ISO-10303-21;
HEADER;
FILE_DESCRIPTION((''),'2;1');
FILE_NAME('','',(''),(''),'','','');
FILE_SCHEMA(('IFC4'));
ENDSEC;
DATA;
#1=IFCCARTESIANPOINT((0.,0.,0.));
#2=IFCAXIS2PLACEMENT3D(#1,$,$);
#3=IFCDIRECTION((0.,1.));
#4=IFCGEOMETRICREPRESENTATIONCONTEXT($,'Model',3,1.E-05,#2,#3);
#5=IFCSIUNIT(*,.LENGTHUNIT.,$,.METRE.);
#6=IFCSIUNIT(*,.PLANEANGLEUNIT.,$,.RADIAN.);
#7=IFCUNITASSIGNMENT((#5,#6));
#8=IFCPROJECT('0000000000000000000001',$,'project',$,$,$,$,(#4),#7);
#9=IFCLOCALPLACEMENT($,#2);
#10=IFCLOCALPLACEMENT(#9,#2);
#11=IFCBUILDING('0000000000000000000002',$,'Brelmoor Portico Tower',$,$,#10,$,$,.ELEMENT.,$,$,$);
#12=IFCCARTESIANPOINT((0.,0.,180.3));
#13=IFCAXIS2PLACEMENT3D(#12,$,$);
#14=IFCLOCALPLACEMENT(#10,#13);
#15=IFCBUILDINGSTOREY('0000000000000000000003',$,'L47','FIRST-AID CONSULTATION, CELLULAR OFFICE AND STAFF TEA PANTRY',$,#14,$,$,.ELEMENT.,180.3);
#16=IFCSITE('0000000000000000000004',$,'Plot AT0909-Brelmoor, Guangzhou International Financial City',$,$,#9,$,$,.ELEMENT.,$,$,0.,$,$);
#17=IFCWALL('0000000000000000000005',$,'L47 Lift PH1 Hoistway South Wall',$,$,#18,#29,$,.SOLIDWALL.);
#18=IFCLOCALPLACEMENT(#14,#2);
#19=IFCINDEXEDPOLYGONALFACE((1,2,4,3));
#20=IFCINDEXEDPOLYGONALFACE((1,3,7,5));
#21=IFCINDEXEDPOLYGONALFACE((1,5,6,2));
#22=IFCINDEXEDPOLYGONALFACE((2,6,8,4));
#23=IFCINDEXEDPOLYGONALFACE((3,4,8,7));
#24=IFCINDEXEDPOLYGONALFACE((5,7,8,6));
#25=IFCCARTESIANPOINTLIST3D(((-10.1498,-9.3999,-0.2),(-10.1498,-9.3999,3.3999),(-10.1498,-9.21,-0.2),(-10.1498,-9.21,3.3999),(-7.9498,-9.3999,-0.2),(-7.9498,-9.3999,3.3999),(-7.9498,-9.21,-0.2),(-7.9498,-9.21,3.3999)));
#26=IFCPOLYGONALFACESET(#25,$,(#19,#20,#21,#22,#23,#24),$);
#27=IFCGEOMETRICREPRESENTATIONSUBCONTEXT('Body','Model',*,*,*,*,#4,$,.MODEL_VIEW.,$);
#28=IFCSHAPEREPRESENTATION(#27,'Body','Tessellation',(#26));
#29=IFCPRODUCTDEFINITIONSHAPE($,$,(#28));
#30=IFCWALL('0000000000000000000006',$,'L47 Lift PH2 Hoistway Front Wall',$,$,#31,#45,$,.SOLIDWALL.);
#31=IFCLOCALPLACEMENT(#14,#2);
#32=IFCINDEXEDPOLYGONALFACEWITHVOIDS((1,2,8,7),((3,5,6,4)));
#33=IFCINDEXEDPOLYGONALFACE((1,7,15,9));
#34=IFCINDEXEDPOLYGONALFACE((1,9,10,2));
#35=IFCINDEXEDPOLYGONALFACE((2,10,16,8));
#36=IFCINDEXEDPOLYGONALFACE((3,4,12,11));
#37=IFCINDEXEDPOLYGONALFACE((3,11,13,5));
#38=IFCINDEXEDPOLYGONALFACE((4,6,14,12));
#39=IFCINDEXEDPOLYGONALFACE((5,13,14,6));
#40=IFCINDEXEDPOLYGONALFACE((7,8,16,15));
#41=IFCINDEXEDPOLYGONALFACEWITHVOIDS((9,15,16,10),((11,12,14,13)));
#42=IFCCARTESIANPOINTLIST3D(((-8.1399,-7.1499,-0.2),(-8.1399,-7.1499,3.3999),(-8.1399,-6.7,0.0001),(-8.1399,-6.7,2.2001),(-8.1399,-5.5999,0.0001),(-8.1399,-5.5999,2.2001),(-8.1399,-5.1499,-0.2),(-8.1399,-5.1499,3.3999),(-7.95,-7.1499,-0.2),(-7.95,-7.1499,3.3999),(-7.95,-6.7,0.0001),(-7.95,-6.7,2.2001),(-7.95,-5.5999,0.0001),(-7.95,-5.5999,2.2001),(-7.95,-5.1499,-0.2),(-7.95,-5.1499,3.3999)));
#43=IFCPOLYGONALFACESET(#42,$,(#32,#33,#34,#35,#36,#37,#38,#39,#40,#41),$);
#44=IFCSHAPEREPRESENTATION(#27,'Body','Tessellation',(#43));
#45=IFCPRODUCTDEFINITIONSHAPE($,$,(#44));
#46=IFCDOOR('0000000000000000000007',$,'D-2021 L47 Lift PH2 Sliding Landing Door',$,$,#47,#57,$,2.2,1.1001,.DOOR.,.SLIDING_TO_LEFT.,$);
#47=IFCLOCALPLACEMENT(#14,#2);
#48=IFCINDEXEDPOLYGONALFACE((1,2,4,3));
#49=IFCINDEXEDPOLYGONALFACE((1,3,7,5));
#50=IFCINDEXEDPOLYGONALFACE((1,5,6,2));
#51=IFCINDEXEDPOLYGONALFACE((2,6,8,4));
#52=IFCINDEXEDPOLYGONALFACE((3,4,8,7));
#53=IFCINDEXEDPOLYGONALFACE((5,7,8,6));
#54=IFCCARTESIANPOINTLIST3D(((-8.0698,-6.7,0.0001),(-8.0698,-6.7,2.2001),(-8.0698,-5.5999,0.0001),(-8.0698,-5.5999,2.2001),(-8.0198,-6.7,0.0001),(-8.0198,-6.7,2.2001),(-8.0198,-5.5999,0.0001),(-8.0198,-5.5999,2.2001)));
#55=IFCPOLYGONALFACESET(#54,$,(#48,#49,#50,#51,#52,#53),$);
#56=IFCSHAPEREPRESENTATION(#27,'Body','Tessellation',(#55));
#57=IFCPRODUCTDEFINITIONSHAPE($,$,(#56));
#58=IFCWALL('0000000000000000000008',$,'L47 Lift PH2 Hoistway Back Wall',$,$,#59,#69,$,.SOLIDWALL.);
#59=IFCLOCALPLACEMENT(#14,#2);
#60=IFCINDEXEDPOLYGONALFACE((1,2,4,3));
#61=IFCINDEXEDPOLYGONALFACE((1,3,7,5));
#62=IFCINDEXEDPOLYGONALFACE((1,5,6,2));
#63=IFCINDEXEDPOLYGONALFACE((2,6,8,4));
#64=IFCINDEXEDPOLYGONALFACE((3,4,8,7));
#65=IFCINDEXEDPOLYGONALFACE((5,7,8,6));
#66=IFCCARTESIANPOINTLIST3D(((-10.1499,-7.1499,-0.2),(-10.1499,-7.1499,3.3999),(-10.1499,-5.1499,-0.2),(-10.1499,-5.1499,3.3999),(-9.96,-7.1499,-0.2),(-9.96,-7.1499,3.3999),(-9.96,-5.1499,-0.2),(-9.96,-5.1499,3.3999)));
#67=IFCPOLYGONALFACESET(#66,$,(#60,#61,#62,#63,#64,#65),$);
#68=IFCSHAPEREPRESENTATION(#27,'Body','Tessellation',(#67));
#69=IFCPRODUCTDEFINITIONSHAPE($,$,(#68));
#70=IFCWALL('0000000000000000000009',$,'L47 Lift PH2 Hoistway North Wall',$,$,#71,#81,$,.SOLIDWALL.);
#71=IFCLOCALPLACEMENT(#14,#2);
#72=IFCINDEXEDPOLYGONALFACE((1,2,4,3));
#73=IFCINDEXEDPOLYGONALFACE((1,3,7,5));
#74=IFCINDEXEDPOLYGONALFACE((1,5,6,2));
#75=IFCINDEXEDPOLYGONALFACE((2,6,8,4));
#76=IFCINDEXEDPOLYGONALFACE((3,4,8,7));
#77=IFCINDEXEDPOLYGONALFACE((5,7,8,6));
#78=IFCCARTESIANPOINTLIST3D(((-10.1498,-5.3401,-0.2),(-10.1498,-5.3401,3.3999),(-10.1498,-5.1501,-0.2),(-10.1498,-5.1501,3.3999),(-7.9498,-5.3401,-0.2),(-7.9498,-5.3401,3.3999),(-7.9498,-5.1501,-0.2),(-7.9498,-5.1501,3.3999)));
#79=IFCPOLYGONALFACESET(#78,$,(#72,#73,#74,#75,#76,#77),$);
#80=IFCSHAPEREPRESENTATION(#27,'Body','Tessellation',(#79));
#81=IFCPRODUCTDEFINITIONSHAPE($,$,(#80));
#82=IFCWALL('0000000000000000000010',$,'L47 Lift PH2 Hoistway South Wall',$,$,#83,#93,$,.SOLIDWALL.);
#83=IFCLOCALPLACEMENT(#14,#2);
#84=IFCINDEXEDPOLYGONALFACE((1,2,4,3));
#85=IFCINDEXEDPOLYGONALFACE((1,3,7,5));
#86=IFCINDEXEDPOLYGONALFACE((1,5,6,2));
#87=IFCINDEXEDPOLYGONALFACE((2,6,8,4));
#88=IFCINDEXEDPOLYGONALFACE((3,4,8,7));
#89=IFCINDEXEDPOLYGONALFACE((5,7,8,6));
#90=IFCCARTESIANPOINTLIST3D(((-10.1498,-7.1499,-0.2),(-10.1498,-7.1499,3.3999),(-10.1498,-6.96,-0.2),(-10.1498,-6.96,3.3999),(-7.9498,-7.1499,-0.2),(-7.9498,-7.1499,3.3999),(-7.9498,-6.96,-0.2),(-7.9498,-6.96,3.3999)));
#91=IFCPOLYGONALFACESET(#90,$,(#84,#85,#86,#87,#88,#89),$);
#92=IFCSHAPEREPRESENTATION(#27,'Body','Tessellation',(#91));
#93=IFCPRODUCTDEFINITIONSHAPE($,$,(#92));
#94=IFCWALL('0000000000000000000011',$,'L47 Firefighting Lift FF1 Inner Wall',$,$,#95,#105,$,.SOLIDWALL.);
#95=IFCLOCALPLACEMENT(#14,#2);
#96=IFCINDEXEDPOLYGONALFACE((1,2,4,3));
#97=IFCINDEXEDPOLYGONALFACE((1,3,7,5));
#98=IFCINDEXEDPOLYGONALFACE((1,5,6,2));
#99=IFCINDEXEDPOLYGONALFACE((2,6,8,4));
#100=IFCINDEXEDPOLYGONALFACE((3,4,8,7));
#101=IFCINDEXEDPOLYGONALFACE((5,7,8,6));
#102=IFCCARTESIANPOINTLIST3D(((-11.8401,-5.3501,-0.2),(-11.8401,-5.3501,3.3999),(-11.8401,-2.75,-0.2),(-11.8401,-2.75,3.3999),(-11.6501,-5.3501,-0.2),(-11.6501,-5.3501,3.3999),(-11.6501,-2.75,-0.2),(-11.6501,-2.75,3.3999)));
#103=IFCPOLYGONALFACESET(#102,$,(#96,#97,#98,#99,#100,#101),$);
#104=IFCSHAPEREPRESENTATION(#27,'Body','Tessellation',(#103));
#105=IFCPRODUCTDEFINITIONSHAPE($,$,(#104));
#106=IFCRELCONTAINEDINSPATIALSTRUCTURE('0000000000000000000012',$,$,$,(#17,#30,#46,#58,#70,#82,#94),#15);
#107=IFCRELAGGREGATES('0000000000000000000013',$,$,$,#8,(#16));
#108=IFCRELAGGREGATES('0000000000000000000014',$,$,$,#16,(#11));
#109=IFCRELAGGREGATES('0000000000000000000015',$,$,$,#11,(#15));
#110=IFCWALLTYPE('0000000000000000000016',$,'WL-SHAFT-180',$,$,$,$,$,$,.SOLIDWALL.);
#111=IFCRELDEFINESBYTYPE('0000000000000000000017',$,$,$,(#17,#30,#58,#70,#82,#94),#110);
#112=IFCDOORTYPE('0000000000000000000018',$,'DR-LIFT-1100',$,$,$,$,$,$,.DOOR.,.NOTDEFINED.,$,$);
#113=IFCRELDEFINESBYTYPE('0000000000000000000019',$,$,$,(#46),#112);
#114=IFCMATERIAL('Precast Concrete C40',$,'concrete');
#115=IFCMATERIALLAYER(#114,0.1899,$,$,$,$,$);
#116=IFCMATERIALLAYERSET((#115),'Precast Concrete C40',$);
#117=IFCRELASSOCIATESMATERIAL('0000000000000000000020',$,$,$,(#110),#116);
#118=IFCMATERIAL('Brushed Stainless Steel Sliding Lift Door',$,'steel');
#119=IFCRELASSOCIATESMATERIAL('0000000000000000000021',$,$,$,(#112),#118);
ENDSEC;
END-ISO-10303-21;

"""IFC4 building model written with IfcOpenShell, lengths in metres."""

from ifc_helpers import new_model, si_unit, direction, frame, frame_2d, origin, place, context, subcontext, project, spatial, rectangle, extrude, material, layer, layer_set, type_object, element, fill, save


model = new_model("IFC4")

# Units and contexts
model_context = context("Model", 3, precision=1e-05, world=origin(), true_north=direction((0.0, 1.0)))
body_context = subcontext(model_context, "Body", "Model", "MODEL_VIEW")
ifc_project = project(units=[si_unit("LENGTHUNIT", "METRE"), si_unit("PLANEANGLEUNIT", "RADIAN")], contexts=[model_context])

# Site, building, storey
site_placement = place(None, origin())
site = spatial("IfcSite", under=ifc_project, at=site_placement, Name="Plot AT0909-Brelmoor, Guangzhou International Financial City", CompositionType="ELEMENT", RefElevation=0.0)
building_placement = place(site_placement, origin())
building = spatial("IfcBuilding", under=site, at=building_placement, Name="Brelmoor Portico Tower", CompositionType="ELEMENT")
storey_placement = place(building_placement, frame((0.0, 0.0, 180.3)))
storey = spatial("IfcBuildingStorey", under=building, at=storey_placement, Name="L47", Description="FIRST-AID CONSULTATION, CELLULAR OFFICE AND STAFF TEA PANTRY", CompositionType="ELEMENT", Elevation=180.3)

# Wall
ifc_material_1 = material(Name="Precast Concrete C40", Category="concrete")
ifc_layer_1 = layer(ifc_material_1, 0.1899)
ifc_layer_set_1 = layer_set([ifc_layer_1], Name="Precast Concrete C40")
wall_type_1 = type_object("IfcWallType", Name="WL-SHAFT-180", PredefinedType="SOLIDWALL", material=ifc_layer_set_1)
for number, where, z_axis, x_axis, name in (
    (1, (-10.1499, -9.3049, -0.2), (0.0, 0.0, 1.0), (1.0, 0.0, 0.0), "L47 Lift PH1 Hoistway South Wall"),
):
    element("IfcWall", number, at=place(storey_placement, frame(where, z_axis=z_axis, x_axis=x_axis)), inside=storey, type_object=wall_type_1, Name=name, PredefinedType="SOLIDWALL", context=body_context, shape_type="SweptSolid", body=[
        extrude(rectangle(XDim=2.2, YDim=0.1899, at=frame_2d((1.1001, 0.0))), origin(), (0.0, 0.0, 1.0), 3.5999),
    ])

# Wall, opening, door
wall_1_placement = place(storey_placement, frame((-8.0449, -7.1499, -0.2), z_axis=(0.0, 0.0, 1.0), x_axis=(0.0, 1.0, 0.0)))
wall_1 = element("IfcWall", 2, at=wall_1_placement, inside=storey, type_object=wall_type_1, Name="L47 Lift PH2 Hoistway Front Wall", PredefinedType="SOLIDWALL", context=body_context, shape_type="SweptSolid", body=[
    extrude(rectangle(XDim=2.0, YDim=0.1899, at=frame_2d((1.0, 0.0))), origin(), (0.0, 0.0, 1.0), 3.5999),
])
opening_1_placement = place(wall_1_placement, frame((0.45, 0.0, 0.2)))
opening_1 = element("IfcOpeningElement", 3, at=opening_1_placement, cuts=wall_1, PredefinedType="OPENING", context=body_context, shape_type="SweptSolid", body=[
    extrude(rectangle(XDim=1.1001, YDim=2.2, at=frame_2d((0.55, 1.1001))), frame((0.0, 0.105, 0.0), z_axis=(0.0, -1.0, 0.0), x_axis=(1.0, 0.0, 0.0)), (0.0, 0.0, 1.0), 0.21),
])
ifc_material_2 = material(Name="Brushed Stainless Steel Sliding Lift Door", Category="steel")
door_type_1 = type_object("IfcDoorType", Name="DR-LIFT-1100", OperationType="NOTDEFINED", PredefinedType="DOOR", material=ifc_material_2)
door_1_placement = place(opening_1_placement, origin())
door_1 = element("IfcDoor", 4, at=door_1_placement, inside=storey, type_object=door_type_1, Name="D-2021 L47 Lift PH2 Sliding Landing Door", OperationType="SLIDING_TO_LEFT", OverallHeight=2.2, OverallWidth=1.1001, PredefinedType="DOOR", context=body_context, shape_type="SweptSolid", body=[
    extrude(rectangle(XDim=1.1001, YDim=2.2, at=frame_2d((0.55, 1.1001))), frame((0.0, 0.0249, 0.0), z_axis=(0.0, -1.0, 0.0), x_axis=(1.0, 0.0, 0.0)), (0.0, 0.0, 1.0), 0.05),
])
fill(opening_1, door_1)

# Walls
wall_2_placement = place(storey_placement, frame((-10.0549, -7.1499, -0.2), z_axis=(0.0, 0.0, 1.0), x_axis=(0.0, 1.0, 0.0)))
element("IfcWall", 5, at=wall_2_placement, inside=storey, type_object=wall_type_1, Name="L47 Lift PH2 Hoistway Back Wall", PredefinedType="SOLIDWALL", context=body_context, shape_type="SweptSolid", body=[
    extrude(rectangle(XDim=2.0, YDim=0.1899, at=frame_2d((1.0, 0.0))), origin(), (0.0, 0.0, 1.0), 3.5999),
])
for number, where, z_axis, x_axis, name in (
    (6, (-10.1499, -5.2451, -0.2), (0.0, 0.0, 1.0), (1.0, 0.0, 0.0), "L47 Lift PH2 Hoistway North Wall"),
    (7, (-10.1499, -7.0549, -0.2), (0.0, 0.0, 1.0), (1.0, 0.0, 0.0), "L47 Lift PH2 Hoistway South Wall"),
):
    element("IfcWall", number, at=place(storey_placement, frame(where, z_axis=z_axis, x_axis=x_axis)), inside=storey, type_object=wall_type_1, Name=name, PredefinedType="SOLIDWALL", context=body_context, shape_type="SweptSolid", body=[
        extrude(rectangle(XDim=2.2, YDim=0.1899, at=frame_2d((1.1001, 0.0))), origin(), (0.0, 0.0, 1.0), 3.5999),
    ])
wall_3_placement = place(storey_placement, frame((-11.7451, -5.3501, -0.2), z_axis=(0.0, 0.0, 1.0), x_axis=(0.0, 1.0, 0.0)))
element("IfcWall", 8, at=wall_3_placement, inside=storey, type_object=wall_type_1, Name="L47 Firefighting Lift FF1 Inner Wall", PredefinedType="SOLIDWALL", context=body_context, shape_type="SweptSolid", body=[
    extrude(rectangle(XDim=2.6001, YDim=0.1899, at=frame_2d((1.3, 0.0))), origin(), (0.0, 0.0, 1.0), 3.5999),
])

save(model, "model.ifc")
